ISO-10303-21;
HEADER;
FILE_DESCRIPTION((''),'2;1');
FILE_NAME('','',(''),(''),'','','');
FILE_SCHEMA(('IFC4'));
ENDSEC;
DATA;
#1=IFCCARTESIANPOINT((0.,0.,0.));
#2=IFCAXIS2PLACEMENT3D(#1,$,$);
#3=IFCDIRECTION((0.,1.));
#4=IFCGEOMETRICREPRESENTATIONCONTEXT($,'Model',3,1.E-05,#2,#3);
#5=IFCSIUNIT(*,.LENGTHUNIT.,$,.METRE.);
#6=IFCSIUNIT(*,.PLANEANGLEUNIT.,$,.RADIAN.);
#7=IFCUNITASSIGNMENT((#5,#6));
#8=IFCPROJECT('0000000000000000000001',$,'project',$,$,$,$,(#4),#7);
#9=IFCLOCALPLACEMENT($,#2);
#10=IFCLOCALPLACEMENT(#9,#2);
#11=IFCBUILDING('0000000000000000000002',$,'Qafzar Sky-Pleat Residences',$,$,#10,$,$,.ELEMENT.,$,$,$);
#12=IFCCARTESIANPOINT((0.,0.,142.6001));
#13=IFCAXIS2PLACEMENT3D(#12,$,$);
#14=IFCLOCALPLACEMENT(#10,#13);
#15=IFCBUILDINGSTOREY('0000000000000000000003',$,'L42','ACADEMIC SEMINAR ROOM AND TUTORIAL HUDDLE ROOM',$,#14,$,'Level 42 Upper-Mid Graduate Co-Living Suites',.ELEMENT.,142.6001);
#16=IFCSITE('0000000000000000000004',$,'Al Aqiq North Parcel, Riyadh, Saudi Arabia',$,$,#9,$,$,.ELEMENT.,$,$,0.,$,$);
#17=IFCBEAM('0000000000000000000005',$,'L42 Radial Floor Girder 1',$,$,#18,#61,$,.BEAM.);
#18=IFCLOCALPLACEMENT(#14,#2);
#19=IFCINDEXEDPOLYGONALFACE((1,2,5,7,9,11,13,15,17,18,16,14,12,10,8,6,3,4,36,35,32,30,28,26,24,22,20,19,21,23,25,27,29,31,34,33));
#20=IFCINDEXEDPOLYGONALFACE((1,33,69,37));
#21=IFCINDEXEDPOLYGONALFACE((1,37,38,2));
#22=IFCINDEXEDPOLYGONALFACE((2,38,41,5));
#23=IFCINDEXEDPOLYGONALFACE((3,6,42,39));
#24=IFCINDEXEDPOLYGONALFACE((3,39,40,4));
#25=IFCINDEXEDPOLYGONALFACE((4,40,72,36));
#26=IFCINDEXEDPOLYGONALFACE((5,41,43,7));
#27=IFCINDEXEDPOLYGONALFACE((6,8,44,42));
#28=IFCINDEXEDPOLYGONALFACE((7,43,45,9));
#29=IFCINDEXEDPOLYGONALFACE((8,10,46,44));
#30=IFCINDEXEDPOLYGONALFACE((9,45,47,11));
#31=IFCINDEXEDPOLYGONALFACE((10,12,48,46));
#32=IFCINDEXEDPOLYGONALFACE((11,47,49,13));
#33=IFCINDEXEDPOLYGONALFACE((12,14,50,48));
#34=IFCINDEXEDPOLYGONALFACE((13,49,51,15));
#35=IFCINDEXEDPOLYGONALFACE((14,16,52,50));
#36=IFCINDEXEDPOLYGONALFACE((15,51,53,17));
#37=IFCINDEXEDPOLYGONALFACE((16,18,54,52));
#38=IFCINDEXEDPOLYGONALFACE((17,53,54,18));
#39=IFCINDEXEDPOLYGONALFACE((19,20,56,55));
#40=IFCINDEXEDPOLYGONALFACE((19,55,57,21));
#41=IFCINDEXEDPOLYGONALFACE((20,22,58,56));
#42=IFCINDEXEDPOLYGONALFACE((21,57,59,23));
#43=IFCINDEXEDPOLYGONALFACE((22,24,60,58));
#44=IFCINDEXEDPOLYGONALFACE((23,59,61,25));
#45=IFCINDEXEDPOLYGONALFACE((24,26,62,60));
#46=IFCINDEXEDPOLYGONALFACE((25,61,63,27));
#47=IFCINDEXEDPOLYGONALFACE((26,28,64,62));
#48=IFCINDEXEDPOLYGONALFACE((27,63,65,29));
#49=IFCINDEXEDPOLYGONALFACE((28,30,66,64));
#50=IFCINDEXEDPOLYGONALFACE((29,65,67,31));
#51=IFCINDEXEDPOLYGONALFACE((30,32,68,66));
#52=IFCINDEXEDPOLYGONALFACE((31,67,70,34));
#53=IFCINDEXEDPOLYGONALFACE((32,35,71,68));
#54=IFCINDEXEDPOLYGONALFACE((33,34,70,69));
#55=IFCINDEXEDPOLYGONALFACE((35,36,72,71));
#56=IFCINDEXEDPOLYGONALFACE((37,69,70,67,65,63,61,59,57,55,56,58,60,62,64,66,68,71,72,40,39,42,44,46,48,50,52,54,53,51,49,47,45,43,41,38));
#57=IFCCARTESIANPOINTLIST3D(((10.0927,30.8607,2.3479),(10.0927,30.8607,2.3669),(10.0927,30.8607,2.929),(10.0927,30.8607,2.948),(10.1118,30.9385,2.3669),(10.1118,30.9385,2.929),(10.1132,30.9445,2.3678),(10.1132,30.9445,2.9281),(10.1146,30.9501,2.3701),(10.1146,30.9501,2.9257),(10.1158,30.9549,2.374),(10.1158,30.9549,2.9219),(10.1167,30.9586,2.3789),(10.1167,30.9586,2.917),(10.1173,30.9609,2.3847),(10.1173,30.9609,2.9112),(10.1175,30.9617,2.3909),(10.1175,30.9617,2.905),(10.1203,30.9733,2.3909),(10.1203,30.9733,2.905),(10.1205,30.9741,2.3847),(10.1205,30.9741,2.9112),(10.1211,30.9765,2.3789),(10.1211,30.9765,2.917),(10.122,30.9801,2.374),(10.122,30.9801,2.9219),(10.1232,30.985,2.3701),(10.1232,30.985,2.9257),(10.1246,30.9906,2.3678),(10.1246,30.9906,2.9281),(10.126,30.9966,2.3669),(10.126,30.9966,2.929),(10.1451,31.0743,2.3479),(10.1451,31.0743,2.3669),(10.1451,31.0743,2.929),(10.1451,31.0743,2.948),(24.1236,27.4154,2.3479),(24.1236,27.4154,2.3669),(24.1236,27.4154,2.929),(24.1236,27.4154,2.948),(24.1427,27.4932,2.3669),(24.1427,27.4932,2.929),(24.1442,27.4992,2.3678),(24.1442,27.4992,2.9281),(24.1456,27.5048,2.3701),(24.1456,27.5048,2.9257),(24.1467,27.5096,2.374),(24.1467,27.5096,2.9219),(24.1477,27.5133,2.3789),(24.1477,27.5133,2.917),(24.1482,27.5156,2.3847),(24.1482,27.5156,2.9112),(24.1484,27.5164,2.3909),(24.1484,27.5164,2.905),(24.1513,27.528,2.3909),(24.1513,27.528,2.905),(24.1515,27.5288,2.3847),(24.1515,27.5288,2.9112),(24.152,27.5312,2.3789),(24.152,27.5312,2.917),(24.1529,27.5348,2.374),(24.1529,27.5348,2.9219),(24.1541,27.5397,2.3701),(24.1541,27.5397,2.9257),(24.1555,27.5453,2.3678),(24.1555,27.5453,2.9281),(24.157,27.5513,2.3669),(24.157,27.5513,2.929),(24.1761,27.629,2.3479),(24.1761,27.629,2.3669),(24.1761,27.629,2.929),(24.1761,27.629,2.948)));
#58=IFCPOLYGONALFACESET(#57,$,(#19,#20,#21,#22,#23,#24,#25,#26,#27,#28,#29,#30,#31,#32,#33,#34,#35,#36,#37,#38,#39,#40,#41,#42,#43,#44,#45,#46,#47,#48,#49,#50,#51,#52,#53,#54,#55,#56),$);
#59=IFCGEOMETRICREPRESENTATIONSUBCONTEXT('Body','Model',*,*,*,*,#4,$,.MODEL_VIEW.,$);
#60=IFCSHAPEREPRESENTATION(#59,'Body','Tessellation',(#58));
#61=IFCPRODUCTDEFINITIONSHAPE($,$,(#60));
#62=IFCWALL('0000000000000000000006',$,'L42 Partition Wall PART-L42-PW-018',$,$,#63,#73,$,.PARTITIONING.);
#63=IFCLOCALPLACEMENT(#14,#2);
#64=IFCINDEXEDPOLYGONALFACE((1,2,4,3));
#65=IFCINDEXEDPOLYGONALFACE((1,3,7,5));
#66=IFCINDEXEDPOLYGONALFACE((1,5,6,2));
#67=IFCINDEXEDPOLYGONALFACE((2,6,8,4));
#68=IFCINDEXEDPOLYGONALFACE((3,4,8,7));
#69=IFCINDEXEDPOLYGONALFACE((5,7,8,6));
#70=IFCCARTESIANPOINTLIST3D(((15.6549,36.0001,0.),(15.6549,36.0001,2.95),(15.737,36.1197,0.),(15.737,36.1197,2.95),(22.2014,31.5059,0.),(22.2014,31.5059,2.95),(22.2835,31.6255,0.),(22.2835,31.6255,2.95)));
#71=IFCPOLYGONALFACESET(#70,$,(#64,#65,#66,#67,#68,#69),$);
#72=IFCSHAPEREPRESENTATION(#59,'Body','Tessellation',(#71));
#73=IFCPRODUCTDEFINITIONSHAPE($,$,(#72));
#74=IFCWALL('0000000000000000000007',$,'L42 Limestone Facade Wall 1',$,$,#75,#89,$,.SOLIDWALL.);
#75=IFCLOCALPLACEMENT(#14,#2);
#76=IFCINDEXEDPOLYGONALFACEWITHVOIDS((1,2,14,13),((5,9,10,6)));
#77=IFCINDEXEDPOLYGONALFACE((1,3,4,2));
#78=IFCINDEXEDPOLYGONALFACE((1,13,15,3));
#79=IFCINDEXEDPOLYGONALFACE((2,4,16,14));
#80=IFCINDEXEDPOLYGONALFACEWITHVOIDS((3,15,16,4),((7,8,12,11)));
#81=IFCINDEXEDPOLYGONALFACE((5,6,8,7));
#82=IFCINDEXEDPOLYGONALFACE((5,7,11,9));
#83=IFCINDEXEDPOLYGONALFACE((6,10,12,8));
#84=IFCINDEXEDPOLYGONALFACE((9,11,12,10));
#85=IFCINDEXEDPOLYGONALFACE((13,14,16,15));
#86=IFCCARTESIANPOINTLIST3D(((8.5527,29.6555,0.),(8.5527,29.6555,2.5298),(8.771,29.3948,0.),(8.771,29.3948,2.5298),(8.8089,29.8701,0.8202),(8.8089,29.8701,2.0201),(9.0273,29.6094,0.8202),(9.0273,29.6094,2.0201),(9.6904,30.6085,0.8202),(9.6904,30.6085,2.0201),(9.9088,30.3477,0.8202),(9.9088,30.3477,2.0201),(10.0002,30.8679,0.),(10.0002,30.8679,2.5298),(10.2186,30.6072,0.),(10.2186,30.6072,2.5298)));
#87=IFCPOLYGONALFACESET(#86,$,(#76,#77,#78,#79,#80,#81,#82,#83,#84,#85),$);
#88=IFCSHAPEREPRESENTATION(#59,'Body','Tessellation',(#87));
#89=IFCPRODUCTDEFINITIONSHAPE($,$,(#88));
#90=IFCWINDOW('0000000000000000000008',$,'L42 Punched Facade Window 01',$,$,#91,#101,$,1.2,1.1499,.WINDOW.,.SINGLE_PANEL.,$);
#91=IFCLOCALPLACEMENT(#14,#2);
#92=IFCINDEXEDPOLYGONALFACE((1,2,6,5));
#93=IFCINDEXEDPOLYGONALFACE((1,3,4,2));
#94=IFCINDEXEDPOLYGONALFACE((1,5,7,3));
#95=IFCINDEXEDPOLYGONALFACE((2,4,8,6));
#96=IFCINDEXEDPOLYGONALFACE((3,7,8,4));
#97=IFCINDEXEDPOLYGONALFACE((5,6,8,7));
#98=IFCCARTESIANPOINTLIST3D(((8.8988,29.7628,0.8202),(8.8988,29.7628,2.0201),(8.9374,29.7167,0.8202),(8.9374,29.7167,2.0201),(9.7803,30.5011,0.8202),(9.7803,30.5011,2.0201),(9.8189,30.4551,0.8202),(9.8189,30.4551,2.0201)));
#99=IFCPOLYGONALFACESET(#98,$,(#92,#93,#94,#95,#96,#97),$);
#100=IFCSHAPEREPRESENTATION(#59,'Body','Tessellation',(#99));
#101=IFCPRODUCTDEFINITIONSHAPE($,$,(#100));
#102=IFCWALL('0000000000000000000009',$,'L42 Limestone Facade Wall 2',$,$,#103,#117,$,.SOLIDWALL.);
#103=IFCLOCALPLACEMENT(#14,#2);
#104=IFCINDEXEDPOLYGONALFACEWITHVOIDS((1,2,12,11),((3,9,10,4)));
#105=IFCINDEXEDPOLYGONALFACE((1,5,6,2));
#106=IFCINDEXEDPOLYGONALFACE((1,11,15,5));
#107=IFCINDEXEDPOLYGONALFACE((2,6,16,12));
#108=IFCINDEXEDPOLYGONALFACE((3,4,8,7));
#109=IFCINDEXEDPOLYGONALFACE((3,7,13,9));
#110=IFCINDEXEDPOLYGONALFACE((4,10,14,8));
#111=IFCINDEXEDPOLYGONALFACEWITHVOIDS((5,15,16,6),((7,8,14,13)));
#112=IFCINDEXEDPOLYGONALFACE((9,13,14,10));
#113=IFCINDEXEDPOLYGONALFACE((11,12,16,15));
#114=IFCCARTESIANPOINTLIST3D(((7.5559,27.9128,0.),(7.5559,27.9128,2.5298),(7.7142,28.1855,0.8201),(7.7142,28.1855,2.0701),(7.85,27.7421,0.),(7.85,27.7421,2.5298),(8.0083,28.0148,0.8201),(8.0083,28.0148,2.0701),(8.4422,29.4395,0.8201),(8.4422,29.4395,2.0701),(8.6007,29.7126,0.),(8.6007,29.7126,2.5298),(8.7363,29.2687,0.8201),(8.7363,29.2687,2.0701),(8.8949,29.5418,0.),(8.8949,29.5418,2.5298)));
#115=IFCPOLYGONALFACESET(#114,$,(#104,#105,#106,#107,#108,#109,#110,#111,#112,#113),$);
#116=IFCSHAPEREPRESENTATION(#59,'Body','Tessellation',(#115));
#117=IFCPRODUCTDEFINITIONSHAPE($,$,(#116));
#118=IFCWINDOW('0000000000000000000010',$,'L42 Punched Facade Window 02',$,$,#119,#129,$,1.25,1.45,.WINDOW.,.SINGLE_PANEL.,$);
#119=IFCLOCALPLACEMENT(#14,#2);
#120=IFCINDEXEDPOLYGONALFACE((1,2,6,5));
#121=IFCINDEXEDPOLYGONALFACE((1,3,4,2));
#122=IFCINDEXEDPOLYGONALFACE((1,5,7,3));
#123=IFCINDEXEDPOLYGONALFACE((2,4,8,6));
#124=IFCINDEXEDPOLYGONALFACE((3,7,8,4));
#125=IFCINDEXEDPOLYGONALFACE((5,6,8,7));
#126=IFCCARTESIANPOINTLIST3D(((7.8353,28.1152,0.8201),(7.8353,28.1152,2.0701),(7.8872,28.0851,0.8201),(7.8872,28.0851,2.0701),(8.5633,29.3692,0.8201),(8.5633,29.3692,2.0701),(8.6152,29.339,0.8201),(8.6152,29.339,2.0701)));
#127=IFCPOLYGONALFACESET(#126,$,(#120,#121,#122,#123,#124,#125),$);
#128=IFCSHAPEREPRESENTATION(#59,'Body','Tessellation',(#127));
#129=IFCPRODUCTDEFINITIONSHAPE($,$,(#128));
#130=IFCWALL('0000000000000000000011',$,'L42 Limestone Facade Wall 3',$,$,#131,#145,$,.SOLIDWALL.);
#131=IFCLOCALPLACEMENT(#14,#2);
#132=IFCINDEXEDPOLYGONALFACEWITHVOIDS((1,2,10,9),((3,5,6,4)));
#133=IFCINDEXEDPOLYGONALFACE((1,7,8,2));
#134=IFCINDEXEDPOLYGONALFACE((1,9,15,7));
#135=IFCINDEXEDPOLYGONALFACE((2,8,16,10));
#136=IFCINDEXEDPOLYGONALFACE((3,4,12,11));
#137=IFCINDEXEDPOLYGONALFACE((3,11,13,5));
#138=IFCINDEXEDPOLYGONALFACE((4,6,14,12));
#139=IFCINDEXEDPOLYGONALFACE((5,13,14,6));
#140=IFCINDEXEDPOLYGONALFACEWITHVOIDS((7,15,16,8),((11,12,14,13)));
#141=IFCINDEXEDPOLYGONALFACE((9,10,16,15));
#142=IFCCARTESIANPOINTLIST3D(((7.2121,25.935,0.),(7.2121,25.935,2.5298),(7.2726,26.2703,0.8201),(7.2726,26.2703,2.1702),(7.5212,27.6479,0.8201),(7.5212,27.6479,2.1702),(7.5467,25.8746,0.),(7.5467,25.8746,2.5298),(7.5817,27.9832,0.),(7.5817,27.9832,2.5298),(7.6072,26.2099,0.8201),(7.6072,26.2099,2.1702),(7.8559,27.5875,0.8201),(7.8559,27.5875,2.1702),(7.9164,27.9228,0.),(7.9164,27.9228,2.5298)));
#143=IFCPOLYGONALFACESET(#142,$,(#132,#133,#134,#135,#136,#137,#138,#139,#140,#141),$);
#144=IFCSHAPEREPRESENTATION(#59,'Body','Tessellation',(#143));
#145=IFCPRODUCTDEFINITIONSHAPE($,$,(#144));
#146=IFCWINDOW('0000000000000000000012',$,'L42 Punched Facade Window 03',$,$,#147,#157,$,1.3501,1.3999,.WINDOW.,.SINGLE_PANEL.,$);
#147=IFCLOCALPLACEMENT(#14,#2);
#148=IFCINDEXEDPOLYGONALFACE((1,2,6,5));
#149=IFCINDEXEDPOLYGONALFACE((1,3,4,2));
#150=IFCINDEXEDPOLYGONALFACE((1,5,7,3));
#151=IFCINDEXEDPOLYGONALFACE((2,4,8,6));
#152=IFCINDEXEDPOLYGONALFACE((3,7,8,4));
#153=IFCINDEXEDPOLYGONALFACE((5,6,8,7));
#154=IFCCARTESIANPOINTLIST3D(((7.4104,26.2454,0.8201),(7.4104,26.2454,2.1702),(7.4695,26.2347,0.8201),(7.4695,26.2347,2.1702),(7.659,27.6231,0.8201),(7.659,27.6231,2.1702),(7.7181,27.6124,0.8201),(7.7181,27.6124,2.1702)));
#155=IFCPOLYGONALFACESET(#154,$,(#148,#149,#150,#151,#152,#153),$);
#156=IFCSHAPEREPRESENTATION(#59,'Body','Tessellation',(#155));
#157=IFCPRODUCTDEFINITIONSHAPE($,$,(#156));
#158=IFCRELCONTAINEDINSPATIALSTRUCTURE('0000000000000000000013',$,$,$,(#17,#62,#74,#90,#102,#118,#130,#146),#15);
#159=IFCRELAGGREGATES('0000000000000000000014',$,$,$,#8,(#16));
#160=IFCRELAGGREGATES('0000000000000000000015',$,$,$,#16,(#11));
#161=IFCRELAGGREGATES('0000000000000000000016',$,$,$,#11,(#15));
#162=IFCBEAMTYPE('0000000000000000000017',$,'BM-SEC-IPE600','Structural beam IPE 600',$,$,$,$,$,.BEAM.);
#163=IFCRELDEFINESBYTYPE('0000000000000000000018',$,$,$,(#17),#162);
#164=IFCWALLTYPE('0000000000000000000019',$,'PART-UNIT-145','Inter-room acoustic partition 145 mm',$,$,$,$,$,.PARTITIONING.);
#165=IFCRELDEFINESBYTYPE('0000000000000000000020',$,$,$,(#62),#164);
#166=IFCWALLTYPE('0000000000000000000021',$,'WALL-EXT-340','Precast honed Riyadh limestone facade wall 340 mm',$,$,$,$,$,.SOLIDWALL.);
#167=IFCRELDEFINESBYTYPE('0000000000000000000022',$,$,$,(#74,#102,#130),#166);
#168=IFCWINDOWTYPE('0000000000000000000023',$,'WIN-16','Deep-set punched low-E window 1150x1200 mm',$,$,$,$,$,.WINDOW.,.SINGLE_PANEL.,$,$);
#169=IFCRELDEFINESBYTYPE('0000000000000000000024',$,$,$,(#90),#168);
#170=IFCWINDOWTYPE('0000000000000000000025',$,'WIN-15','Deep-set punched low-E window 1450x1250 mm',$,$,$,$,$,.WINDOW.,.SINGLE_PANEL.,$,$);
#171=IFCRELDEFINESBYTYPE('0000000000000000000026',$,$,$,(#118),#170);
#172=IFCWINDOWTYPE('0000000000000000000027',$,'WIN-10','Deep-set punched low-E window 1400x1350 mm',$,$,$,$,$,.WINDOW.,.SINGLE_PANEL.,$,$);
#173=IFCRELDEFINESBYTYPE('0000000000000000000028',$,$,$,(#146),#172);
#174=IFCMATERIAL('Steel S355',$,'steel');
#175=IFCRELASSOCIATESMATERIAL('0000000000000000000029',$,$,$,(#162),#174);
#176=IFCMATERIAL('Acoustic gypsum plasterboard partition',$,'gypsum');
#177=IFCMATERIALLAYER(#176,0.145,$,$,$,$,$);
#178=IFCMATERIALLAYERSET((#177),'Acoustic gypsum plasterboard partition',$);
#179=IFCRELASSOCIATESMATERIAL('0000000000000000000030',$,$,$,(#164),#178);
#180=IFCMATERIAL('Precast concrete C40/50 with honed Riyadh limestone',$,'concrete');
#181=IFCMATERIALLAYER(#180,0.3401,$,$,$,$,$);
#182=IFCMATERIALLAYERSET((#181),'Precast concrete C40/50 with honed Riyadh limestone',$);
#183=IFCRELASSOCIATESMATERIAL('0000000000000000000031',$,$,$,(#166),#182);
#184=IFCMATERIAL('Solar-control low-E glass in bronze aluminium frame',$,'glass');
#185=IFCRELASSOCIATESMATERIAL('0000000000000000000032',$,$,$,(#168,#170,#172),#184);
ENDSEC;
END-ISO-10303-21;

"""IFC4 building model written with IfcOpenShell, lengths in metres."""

from ifc_helpers import new_model, si_unit, direction, frame, frame_2d, origin, origin_2d, place, context, subcontext, project, spatial, rectangle, i_section, extrude, source, transform, mapped, material, layer, layer_set, material_profile, profile_set, type_object, element, fill, save


model = new_model("IFC4")

# Units and contexts
model_context = context("Model", 3, precision=1e-05, world=origin(), true_north=direction((0.0, 1.0)))
body_context = subcontext(model_context, "Body", "Model", "MODEL_VIEW")
ifc_project = project(units=[si_unit("LENGTHUNIT", "METRE"), si_unit("PLANEANGLEUNIT", "RADIAN")], contexts=[model_context])

# Site, building, storey
site_placement = place(None, origin())
site = spatial("IfcSite", under=ifc_project, at=site_placement, Name="Al Aqiq North Parcel, Riyadh, Saudi Arabia", CompositionType="ELEMENT", RefElevation=0.0)
building_placement = place(site_placement, origin())
building = spatial("IfcBuilding", under=site, at=building_placement, Name="Qafzar Sky-Pleat Residences", CompositionType="ELEMENT")
storey_placement = place(building_placement, frame((0.0, 0.0, 142.6001)))
storey = spatial("IfcBuildingStorey", under=building, at=storey_placement, Name="L42", Description="ACADEMIC SEMINAR ROOM AND TUTORIAL HUDDLE ROOM", LongName="Level 42 Upper-Mid Graduate Co-Living Suites", CompositionType="ELEMENT", Elevation=142.6001)

# Shared definitions
ifc_material_1 = material(Name="Steel S355", Category="steel")

# Beam
ifc_material_profile_1 = material_profile(ifc_material_1, i_section(OverallWidth=0.22, OverallDepth=0.6001, WebThickness=0.012, FlangeThickness=0.019, FilletRadius=0.0239, at=origin_2d()), Name="IPE 600")
ifc_profile_set_1 = profile_set([ifc_material_profile_1], Name="Steel S355")
beam_type_1 = type_object("IfcBeamType", Name="BM-SEC-IPE600", Description="Structural beam IPE 600", PredefinedType="BEAM", material=ifc_profile_set_1)
shared_shape_1 = source(origin(), body_context, "Body", "SweptSolid", [
    extrude(i_section(OverallWidth=0.22, OverallDepth=0.6001, WebThickness=0.012, FlangeThickness=0.019, FilletRadius=0.0239, at=origin_2d()), origin(), (0.0, 0.0, 1.0), 14.4478),
])
beam_1_placement = place(storey_placement, frame((10.1189, 30.9675, 2.6479), z_axis=(0.971151, -0.238466, 0.0), x_axis=(0.238466, 0.971151, 0.0)))
element("IfcBeam", 1, at=beam_1_placement, inside=storey, type_object=beam_type_1, Name="L42 Radial Floor Girder 1", PredefinedType="BEAM", context=body_context, shape_type="MappedRepresentation", body=[
    mapped(shared_shape_1, transform((0.0, 0.0, 0.0), x_axis=(1.0, 0.0, 0.0), y_axis=(0.0, 1.0, 0.0), z_axis=(0.0, 0.0, 1.0), scale=1.0)),
])

# Wall
ifc_material_2 = material(Name="Acoustic gypsum plasterboard partition", Category="gypsum")
ifc_layer_1 = layer(ifc_material_2, 0.145)
ifc_layer_set_1 = layer_set([ifc_layer_1], Name="Acoustic gypsum plasterboard partition")
wall_type_1 = type_object("IfcWallType", Name="PART-UNIT-145", Description="Inter-room acoustic partition 145 mm", PredefinedType="PARTITIONING", material=ifc_layer_set_1)
wall_1_placement = place(storey_placement, frame((15.696, 36.0598, 0.0), z_axis=(0.0, 0.0, 1.0), x_axis=(0.824424, -0.565973, 0.0)))
element("IfcWall", 2, at=wall_1_placement, inside=storey, type_object=wall_type_1, Name="L42 Partition Wall PART-L42-PW-018", PredefinedType="PARTITIONING", context=body_context, shape_type="SweptSolid", body=[
    extrude(rectangle(XDim=7.9407, YDim=0.145, at=frame_2d((3.9702, 0.0))), origin(), (0.0, 0.0, 1.0), 2.95),
])

# Walls, openings, windows
ifc_material_3 = material(Name="Precast concrete C40/50 with honed Riyadh limestone", Category="concrete")
ifc_layer_2 = layer(ifc_material_3, 0.3401)
ifc_layer_set_2 = layer_set([ifc_layer_2], Name="Precast concrete C40/50 with honed Riyadh limestone")
wall_type_2 = type_object("IfcWallType", Name="WALL-EXT-340", Description="Precast honed Riyadh limestone facade wall 340 mm", PredefinedType="SOLIDWALL", material=ifc_layer_set_2)
wall_2_placement = place(storey_placement, frame((10.1094, 30.7375, 0.0), z_axis=(0.0, 0.0, 1.0), x_axis=(-0.766619, -0.642103, 0.0)))
wall_2 = element("IfcWall", 3, at=wall_2_placement, inside=storey, type_object=wall_type_2, Name="L42 Limestone Facade Wall 1", PredefinedType="SOLIDWALL", context=body_context, shape_type="SweptSolid", body=[
    extrude(rectangle(XDim=1.8882, YDim=0.3401, at=frame_2d((0.9441, 0.0))), origin(), (0.0, 0.0, 1.0), 2.5298),
])
opening_1_placement = place(wall_2_placement, frame((0.4041, 0.0, 0.8201)))
opening_1 = element("IfcOpeningElement", 4, at=opening_1_placement, cuts=wall_2, PredefinedType="OPENING", context=body_context, shape_type="SweptSolid", body=[
    extrude(rectangle(XDim=1.1499, YDim=1.2, at=frame_2d((0.575, 0.6001))), frame((0.0, 0.1802, 0.0), z_axis=(0.0, -1.0, 0.0), x_axis=(1.0, 0.0, 0.0)), (0.0, 0.0, 1.0), 0.3601),
])
ifc_material_4 = material(Name="Solar-control low-E glass in bronze aluminium frame", Category="glass")
window_type_1 = type_object("IfcWindowType", Name="WIN-16", Description="Deep-set punched low-E window 1150x1200 mm", PartitioningType="SINGLE_PANEL", PredefinedType="WINDOW", material=ifc_material_4)
shared_shape_2 = source(origin(), body_context, "Body", "SweptSolid", [
    extrude(rectangle(XDim=1.1499, YDim=1.2, at=frame_2d((0.575, 0.6001))), frame((0.0, 0.03, 0.0), z_axis=(0.0, -1.0, 0.0), x_axis=(1.0, 0.0, 0.0)), (0.0, 0.0, 1.0), 0.0601),
])
window_1_placement = place(opening_1_placement, origin())
window_1 = element("IfcWindow", 5, at=window_1_placement, inside=storey, type_object=window_type_1, Name="L42 Punched Facade Window 01", OverallHeight=1.2, OverallWidth=1.1499, PartitioningType="SINGLE_PANEL", PredefinedType="WINDOW", context=body_context, shape_type="MappedRepresentation", body=[
    mapped(shared_shape_2, transform((0.0, 0.0, 0.0), x_axis=(1.0, 0.0, 0.0), y_axis=(0.0, 1.0, 0.0), z_axis=(0.0, 0.0, 1.0), scale=1.0)),
])
fill(opening_1, window_1)
wall_3_placement = place(storey_placement, frame((8.7478, 29.6272, 0.0), z_axis=(0.0, 0.0, 1.0), x_axis=(-0.50209, -0.864815, 0.0)))
wall_3 = element("IfcWall", 6, at=wall_3_placement, inside=storey, type_object=wall_type_2, Name="L42 Limestone Facade Wall 2", PredefinedType="SOLIDWALL", context=body_context, shape_type="SweptSolid", body=[
    extrude(rectangle(XDim=2.0811, YDim=0.3401, at=frame_2d((1.0405, 0.0))), origin(), (0.0, 0.0, 1.0), 2.5298),
])
opening_2_placement = place(wall_3_placement, frame((0.3157, 0.0, 0.8201)))
opening_2 = element("IfcOpeningElement", 7, at=opening_2_placement, cuts=wall_3, PredefinedType="OPENING", context=body_context, shape_type="SweptSolid", body=[
    extrude(rectangle(XDim=1.45, YDim=1.25, at=frame_2d((0.7251, 0.625))), frame((0.0, 0.1802, 0.0), z_axis=(0.0, -1.0, 0.0), x_axis=(1.0, 0.0, 0.0)), (0.0, 0.0, 1.0), 0.3601),
])
window_type_2 = type_object("IfcWindowType", Name="WIN-15", Description="Deep-set punched low-E window 1450x1250 mm", PartitioningType="SINGLE_PANEL", PredefinedType="WINDOW", material=ifc_material_4)
shared_shape_3 = source(origin(), body_context, "Body", "SweptSolid", [
    extrude(rectangle(XDim=1.45, YDim=1.25, at=frame_2d((0.7251, 0.625))), frame((0.0, 0.03, 0.0), z_axis=(0.0, -1.0, 0.0), x_axis=(1.0, 0.0, 0.0)), (0.0, 0.0, 1.0), 0.0601),
])
window_2_placement = place(opening_2_placement, origin())
window_2 = element("IfcWindow", 8, at=window_2_placement, inside=storey, type_object=window_type_2, Name="L42 Punched Facade Window 02", OverallHeight=1.25, OverallWidth=1.45, PartitioningType="SINGLE_PANEL", PredefinedType="WINDOW", context=body_context, shape_type="MappedRepresentation", body=[
    mapped(shared_shape_3, transform((0.0, 0.0, 0.0), x_axis=(1.0, 0.0, 0.0), y_axis=(0.0, 1.0, 0.0), z_axis=(0.0, 0.0, 1.0), scale=1.0)),
])
fill(opening_2, window_2)
wall_4_placement = place(storey_placement, frame((7.749, 27.9529, 0.0), z_axis=(0.0, 0.0, 1.0), x_axis=(-0.177605, -0.984102, 0.0)))
wall_4 = element("IfcWall", 9, at=wall_4_placement, inside=storey, type_object=wall_type_2, Name="L42 Limestone Facade Wall 3", PredefinedType="SOLIDWALL", context=body_context, shape_type="SweptSolid", body=[
    extrude(rectangle(XDim=2.0813, YDim=0.3401, at=frame_2d((1.0405, 0.0))), origin(), (0.0, 0.0, 1.0), 2.5298),
])
opening_3_placement = place(wall_4_placement, frame((0.3406, 0.0, 0.8201)))
opening_3 = element("IfcOpeningElement", 10, at=opening_3_placement, cuts=wall_4, PredefinedType="OPENING", context=body_context, shape_type="SweptSolid", body=[
    extrude(rectangle(XDim=1.3999, YDim=1.3501, at=frame_2d((0.7, 0.675))), frame((0.0, 0.1802, 0.0), z_axis=(0.0, -1.0, 0.0), x_axis=(1.0, 0.0, 0.0)), (0.0, 0.0, 1.0), 0.3601),
])
window_type_3 = type_object("IfcWindowType", Name="WIN-10", Description="Deep-set punched low-E window 1400x1350 mm", PartitioningType="SINGLE_PANEL", PredefinedType="WINDOW", material=ifc_material_4)
shared_shape_4 = source(origin(), body_context, "Body", "SweptSolid", [
    extrude(rectangle(XDim=1.3999, YDim=1.3501, at=frame_2d((0.7, 0.675))), frame((0.0, 0.03, 0.0), z_axis=(0.0, -1.0, 0.0), x_axis=(1.0, 0.0, 0.0)), (0.0, 0.0, 1.0), 0.0601),
])
window_3_placement = place(opening_3_placement, origin())
window_3 = element("IfcWindow", 11, at=window_3_placement, inside=storey, type_object=window_type_3, Name="L42 Punched Facade Window 03", OverallHeight=1.3501, OverallWidth=1.3999, PartitioningType="SINGLE_PANEL", PredefinedType="WINDOW", context=body_context, shape_type="MappedRepresentation", body=[
    mapped(shared_shape_4, transform((0.0, 0.0, 0.0), x_axis=(1.0, 0.0, 0.0), y_axis=(0.0, 1.0, 0.0), z_axis=(0.0, 0.0, 1.0), scale=1.0)),
])
fill(opening_3, window_3)

save(model, "model.ifc")
